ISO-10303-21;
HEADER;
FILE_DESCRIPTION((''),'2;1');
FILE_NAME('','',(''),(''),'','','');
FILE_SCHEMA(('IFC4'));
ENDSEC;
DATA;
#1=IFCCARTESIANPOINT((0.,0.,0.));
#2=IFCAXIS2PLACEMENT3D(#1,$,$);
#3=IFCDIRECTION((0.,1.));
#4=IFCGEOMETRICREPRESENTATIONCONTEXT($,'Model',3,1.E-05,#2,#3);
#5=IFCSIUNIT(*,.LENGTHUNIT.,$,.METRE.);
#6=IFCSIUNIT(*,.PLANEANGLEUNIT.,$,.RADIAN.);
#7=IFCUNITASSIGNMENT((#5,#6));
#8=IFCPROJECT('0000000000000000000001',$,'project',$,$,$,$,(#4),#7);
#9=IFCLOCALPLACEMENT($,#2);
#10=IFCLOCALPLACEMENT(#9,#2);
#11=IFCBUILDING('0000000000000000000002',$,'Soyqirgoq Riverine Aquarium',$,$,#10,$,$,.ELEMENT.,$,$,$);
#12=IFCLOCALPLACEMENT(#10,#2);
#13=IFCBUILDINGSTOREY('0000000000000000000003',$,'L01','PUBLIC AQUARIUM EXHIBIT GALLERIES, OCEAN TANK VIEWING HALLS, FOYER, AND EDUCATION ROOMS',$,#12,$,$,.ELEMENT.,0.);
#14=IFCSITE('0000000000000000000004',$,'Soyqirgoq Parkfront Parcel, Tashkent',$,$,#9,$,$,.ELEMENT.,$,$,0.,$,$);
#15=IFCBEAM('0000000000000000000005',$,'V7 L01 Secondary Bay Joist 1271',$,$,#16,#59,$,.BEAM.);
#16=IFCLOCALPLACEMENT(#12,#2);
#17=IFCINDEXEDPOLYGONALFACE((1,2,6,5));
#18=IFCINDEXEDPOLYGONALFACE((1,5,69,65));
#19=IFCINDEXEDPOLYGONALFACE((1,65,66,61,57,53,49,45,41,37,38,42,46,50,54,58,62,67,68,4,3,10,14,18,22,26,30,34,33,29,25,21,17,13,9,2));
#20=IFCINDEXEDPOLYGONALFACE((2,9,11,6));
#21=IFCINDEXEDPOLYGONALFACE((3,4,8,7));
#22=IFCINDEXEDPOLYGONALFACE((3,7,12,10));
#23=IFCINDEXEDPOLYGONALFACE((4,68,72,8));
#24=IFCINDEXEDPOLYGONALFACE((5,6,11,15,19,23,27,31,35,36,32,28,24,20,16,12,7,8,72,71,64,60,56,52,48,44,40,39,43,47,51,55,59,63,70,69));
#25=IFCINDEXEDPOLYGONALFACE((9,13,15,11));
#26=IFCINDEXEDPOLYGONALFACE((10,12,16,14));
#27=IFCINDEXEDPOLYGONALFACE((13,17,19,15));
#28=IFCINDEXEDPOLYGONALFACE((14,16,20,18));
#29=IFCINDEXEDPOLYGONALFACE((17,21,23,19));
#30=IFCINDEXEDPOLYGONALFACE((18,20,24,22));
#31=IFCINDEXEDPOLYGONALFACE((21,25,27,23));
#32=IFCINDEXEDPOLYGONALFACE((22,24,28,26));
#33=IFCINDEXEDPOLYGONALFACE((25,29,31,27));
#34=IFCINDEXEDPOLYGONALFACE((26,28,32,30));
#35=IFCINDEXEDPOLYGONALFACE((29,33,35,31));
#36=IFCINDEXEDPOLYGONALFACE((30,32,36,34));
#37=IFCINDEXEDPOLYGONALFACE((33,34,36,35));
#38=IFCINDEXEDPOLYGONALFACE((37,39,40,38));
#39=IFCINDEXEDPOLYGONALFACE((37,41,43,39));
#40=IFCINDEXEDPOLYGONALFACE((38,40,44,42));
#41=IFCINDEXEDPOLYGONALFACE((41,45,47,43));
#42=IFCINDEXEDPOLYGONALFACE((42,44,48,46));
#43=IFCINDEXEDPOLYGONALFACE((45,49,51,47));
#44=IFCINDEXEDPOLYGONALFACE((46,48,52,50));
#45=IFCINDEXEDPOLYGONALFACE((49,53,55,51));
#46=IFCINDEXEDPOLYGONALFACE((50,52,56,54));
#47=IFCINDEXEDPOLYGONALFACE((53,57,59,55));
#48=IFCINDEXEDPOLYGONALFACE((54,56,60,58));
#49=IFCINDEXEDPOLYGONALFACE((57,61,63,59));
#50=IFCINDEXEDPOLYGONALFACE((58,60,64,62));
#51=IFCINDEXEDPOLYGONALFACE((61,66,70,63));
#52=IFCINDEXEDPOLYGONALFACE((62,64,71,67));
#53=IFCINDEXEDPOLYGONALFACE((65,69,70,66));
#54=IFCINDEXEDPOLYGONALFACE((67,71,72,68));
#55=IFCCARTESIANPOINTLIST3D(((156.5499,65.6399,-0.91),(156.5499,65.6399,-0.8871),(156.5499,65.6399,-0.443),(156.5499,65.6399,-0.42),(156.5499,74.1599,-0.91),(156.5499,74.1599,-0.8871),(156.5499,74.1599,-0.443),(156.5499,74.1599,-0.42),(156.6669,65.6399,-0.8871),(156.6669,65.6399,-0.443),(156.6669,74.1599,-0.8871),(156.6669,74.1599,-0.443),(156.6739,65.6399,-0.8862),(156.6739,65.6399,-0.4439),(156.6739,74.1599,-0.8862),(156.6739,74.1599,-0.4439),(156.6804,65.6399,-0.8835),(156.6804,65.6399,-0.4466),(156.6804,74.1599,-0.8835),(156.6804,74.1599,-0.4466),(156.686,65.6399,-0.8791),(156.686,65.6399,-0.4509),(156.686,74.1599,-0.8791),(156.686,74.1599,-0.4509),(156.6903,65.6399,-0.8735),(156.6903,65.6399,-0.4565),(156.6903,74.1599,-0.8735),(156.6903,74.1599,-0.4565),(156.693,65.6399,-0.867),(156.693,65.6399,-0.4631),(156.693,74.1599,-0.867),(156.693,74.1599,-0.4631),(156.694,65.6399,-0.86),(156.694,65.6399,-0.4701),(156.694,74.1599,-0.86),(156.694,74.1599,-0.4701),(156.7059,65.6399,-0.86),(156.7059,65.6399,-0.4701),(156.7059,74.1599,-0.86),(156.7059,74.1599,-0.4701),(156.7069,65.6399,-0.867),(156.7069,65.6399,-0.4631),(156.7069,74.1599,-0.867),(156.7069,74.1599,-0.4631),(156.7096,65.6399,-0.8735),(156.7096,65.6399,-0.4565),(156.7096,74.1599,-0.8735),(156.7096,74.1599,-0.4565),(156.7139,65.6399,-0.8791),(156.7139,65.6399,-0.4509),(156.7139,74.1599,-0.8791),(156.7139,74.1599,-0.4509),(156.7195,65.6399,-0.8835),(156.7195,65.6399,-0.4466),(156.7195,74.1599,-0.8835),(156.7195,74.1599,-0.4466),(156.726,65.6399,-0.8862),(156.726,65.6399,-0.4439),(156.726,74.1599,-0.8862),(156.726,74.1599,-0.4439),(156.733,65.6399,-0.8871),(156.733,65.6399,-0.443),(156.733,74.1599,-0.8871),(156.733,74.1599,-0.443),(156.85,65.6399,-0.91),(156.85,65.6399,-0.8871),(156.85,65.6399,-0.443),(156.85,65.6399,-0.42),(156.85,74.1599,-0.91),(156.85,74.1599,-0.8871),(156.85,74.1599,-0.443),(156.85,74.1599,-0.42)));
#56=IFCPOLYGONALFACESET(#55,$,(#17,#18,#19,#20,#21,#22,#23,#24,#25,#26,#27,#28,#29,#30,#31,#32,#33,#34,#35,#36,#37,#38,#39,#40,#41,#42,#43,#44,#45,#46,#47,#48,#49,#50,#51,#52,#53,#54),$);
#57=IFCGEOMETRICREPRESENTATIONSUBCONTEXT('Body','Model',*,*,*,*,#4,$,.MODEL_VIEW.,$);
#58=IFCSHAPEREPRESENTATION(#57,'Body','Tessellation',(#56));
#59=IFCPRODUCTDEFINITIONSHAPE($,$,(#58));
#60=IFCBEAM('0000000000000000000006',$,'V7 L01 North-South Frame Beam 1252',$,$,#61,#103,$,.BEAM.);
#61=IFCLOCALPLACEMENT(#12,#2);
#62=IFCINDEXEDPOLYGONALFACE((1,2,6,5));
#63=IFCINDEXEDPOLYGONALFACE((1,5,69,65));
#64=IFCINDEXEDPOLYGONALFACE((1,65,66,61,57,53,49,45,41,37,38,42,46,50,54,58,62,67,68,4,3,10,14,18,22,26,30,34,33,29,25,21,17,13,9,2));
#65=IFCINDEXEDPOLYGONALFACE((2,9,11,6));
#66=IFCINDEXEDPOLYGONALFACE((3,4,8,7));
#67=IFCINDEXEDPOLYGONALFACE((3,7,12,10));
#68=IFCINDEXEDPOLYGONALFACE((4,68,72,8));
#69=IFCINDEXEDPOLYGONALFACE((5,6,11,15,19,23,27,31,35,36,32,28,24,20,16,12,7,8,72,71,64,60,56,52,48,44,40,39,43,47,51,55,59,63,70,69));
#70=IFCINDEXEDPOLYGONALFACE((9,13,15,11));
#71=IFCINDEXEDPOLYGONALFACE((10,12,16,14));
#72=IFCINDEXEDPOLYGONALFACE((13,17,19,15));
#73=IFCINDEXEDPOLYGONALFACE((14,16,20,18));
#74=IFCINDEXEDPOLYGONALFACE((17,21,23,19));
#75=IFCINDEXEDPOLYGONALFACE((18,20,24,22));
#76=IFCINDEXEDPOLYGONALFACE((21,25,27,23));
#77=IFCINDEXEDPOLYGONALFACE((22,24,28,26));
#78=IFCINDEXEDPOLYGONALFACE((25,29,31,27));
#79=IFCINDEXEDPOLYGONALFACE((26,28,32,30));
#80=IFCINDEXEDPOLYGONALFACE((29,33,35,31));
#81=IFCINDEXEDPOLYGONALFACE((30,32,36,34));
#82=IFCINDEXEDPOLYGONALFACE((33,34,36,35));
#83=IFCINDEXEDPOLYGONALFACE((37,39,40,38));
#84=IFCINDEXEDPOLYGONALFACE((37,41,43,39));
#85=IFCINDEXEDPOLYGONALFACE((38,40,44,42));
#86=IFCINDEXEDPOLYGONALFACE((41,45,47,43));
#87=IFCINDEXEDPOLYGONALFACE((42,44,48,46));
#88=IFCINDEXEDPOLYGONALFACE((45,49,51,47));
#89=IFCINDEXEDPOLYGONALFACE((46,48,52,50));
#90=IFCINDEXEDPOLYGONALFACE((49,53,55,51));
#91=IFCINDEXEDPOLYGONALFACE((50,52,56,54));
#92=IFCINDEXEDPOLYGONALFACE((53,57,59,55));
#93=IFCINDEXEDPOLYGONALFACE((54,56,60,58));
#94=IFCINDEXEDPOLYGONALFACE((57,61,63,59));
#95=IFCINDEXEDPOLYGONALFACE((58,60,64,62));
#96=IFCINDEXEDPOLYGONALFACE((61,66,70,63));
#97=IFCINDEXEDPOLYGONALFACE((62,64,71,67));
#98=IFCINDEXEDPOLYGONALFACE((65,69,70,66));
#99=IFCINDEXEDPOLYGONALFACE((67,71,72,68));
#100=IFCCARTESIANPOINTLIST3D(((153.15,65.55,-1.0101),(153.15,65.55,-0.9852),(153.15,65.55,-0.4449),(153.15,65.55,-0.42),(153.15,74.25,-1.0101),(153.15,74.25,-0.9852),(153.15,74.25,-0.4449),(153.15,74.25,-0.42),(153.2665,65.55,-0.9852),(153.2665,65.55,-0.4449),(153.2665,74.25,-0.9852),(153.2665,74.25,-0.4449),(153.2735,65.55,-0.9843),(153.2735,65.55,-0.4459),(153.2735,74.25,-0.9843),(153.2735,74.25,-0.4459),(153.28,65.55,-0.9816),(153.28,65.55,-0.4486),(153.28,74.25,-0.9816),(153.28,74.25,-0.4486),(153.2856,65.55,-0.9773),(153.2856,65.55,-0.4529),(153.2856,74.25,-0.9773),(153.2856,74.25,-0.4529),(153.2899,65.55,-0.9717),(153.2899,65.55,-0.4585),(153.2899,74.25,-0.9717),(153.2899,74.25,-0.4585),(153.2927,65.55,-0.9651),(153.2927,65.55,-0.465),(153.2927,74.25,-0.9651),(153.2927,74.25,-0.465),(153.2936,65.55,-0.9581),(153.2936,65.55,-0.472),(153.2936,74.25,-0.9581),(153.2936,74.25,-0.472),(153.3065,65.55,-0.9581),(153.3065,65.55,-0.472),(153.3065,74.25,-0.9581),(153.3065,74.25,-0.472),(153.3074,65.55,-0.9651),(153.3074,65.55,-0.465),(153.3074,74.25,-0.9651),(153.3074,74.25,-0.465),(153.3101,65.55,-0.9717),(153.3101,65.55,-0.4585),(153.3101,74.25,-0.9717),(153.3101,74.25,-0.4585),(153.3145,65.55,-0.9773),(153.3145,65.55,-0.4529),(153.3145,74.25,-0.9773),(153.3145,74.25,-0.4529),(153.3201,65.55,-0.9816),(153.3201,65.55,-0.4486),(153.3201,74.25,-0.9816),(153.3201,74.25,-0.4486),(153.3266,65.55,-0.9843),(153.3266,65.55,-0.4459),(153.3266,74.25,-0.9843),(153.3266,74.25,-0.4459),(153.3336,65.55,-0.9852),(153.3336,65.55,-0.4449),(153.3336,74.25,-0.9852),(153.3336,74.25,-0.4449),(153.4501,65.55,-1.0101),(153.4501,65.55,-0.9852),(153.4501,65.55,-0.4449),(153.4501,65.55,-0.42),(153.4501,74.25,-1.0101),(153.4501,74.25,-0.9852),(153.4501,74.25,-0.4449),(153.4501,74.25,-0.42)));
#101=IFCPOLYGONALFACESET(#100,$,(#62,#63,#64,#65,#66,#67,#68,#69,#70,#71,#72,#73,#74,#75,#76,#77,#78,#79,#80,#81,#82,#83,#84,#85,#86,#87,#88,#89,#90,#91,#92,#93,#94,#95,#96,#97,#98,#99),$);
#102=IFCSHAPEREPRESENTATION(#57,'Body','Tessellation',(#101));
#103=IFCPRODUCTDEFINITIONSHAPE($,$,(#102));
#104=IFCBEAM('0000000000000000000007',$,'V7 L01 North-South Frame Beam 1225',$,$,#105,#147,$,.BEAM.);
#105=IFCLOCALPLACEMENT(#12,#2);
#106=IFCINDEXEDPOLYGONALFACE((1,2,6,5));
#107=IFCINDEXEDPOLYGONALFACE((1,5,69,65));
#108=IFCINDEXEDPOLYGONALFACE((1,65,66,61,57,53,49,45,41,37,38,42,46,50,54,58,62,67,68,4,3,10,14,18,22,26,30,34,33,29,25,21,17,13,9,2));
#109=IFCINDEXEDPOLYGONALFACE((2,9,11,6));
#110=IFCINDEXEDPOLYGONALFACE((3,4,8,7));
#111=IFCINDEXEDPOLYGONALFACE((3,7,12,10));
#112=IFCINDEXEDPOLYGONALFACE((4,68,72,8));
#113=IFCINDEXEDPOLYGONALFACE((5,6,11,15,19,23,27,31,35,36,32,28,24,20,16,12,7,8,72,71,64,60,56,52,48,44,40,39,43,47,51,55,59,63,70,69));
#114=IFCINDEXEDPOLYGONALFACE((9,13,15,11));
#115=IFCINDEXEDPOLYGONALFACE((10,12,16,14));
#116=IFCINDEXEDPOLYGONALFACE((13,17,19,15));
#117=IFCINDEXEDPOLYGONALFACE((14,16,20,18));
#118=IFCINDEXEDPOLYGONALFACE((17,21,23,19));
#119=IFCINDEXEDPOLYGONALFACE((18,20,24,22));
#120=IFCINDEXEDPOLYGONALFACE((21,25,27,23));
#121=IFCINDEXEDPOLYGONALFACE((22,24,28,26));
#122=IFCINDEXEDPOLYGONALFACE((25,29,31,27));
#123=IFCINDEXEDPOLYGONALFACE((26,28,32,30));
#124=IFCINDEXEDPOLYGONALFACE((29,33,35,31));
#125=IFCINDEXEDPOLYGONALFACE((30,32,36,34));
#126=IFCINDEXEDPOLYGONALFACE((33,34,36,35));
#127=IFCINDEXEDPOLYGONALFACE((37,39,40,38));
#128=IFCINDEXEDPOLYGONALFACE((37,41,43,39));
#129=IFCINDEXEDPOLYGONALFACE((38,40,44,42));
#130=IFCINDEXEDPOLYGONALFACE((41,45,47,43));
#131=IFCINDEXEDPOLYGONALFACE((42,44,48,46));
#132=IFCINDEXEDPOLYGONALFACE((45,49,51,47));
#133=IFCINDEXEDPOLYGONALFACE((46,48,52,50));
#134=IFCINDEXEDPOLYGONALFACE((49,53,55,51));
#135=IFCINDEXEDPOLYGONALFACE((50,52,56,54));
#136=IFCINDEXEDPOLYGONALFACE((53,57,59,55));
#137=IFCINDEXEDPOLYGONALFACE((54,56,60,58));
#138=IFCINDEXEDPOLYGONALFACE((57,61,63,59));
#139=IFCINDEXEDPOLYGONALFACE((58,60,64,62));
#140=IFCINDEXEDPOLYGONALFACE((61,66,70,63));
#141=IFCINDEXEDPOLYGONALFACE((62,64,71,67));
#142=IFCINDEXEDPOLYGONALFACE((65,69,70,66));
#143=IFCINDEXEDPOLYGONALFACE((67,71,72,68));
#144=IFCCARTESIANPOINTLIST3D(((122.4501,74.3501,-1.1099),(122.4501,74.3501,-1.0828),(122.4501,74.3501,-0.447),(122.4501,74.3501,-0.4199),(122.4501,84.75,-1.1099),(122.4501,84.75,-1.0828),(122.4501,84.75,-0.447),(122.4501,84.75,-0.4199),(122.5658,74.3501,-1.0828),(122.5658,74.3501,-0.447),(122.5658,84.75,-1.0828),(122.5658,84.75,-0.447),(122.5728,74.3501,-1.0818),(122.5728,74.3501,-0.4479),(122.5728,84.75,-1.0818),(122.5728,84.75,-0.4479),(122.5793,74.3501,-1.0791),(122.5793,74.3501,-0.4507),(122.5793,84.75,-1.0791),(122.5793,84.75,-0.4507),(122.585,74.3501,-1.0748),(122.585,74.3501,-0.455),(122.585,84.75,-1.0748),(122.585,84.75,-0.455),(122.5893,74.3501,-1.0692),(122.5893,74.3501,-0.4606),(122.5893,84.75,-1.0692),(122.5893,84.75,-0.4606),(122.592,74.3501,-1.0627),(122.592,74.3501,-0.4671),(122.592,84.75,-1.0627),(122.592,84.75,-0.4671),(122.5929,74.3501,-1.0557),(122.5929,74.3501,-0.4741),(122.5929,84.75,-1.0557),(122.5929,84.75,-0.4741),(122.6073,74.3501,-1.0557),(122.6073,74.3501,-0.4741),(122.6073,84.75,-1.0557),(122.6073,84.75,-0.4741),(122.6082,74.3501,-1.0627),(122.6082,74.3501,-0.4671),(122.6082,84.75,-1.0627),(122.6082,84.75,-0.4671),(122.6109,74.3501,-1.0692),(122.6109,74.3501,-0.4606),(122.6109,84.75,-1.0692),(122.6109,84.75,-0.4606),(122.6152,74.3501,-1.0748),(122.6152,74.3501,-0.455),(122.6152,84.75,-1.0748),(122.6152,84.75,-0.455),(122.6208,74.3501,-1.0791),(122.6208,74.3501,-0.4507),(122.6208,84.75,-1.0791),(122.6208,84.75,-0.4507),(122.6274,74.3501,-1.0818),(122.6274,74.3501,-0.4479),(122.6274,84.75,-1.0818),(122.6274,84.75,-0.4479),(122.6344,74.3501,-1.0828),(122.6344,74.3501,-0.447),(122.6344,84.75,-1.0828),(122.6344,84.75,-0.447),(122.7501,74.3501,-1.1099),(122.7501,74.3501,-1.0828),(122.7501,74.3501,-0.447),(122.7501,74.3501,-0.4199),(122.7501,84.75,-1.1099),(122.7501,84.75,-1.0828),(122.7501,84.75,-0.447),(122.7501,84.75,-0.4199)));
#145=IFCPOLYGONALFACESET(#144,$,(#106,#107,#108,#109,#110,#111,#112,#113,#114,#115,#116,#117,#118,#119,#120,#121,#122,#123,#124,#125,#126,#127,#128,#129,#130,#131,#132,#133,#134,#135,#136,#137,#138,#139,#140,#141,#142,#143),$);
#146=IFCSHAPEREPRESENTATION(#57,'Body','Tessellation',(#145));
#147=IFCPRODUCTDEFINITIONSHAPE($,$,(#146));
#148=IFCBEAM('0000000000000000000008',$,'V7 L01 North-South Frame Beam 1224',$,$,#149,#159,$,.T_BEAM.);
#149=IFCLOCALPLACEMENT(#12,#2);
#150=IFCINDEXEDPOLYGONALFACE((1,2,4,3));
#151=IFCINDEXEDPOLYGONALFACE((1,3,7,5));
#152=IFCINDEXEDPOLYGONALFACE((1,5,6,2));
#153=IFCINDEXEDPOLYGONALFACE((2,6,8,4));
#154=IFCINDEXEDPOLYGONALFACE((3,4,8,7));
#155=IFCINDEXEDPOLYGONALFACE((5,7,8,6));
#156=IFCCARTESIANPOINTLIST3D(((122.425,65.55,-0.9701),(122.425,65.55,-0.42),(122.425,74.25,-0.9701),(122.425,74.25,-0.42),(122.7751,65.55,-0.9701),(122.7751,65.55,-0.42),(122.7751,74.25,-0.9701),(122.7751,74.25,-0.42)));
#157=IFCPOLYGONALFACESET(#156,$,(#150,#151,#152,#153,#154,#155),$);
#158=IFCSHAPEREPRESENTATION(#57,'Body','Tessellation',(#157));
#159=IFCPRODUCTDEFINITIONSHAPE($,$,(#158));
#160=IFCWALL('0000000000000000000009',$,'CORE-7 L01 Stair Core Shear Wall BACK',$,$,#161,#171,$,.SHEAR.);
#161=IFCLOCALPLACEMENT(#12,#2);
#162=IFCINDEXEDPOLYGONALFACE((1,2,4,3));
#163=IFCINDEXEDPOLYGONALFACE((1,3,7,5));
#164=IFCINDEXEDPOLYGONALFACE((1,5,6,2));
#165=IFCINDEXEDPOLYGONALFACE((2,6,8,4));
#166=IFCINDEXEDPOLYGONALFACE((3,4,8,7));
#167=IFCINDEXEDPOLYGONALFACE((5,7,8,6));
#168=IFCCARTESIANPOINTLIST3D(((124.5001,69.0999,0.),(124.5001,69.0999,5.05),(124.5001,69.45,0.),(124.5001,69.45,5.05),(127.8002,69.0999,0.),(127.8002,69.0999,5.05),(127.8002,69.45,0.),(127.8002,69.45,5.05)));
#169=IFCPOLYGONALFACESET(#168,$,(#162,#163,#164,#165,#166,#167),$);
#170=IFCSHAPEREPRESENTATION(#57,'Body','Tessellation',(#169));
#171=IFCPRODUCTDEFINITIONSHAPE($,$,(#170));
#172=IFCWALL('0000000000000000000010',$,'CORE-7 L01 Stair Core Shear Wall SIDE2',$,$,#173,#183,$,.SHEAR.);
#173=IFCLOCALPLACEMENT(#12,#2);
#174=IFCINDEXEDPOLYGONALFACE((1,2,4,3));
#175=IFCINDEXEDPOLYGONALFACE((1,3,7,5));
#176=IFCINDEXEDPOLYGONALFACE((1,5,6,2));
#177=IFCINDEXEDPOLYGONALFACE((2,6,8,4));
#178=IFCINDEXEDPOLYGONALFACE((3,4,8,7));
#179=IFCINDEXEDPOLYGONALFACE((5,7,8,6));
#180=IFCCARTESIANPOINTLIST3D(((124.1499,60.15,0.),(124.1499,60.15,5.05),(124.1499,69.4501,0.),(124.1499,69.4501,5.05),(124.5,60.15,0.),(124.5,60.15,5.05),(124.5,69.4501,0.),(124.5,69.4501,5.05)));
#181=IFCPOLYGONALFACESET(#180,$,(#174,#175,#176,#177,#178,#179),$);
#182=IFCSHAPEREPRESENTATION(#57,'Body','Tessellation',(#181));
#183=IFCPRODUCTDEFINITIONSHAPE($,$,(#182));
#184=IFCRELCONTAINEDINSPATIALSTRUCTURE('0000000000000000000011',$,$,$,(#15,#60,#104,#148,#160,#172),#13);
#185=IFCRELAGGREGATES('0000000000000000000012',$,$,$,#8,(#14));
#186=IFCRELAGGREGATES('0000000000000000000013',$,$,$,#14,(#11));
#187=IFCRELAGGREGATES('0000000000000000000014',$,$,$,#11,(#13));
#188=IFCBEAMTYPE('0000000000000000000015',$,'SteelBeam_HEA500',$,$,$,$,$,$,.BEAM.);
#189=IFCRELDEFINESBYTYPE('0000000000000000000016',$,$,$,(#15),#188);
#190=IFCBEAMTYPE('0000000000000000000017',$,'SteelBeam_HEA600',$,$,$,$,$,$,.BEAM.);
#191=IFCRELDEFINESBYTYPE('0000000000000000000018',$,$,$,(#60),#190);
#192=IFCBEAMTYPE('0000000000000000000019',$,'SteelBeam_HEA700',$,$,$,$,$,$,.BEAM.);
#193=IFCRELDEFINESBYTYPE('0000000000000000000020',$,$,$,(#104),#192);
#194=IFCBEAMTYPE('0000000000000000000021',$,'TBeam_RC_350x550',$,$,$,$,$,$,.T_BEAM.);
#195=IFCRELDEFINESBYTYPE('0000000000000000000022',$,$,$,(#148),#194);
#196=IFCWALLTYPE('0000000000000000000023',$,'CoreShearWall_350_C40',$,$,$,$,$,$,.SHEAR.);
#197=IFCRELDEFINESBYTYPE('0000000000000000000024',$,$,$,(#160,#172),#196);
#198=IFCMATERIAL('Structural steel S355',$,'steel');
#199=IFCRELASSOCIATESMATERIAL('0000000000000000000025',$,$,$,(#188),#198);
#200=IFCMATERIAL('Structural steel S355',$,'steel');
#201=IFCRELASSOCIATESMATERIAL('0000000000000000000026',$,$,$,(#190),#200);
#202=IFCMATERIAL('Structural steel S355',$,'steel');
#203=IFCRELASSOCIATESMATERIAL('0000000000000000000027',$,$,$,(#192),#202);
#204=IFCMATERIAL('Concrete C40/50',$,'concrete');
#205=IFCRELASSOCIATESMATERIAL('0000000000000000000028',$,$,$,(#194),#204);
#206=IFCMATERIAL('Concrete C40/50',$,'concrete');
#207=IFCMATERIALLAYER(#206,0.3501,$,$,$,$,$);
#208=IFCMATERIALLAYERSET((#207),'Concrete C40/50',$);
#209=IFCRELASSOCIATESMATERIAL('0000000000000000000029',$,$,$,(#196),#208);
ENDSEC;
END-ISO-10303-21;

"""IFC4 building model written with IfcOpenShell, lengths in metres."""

from ifc_helpers import new_model, si_unit, direction, frame, frame_2d, origin, origin_2d, place, context, subcontext, project, spatial, rectangle, i_section, extrude, material, layer, layer_set, material_profile, profile_set, type_object, element, save


model = new_model("IFC4")

# Units and contexts
model_context = context("Model", 3, precision=1e-05, world=origin(), true_north=direction((0.0, 1.0)))
body_context = subcontext(model_context, "Body", "Model", "MODEL_VIEW")
ifc_project = project(units=[si_unit("LENGTHUNIT", "METRE"), si_unit("PLANEANGLEUNIT", "RADIAN")], contexts=[model_context])

# Site, building, storey
site_placement = place(None, origin())
site = spatial("IfcSite", under=ifc_project, at=site_placement, Name="Soyqirgoq Parkfront Parcel, Tashkent", CompositionType="ELEMENT", RefElevation=0.0)
building_placement = place(site_placement, origin())
building = spatial("IfcBuilding", under=site, at=building_placement, Name="Soyqirgoq Riverine Aquarium", CompositionType="ELEMENT")
storey_placement = place(building_placement, origin())
storey = spatial("IfcBuildingStorey", under=building, at=storey_placement, Name="L01", Description="PUBLIC AQUARIUM EXHIBIT GALLERIES, OCEAN TANK VIEWING HALLS, FOYER, AND EDUCATION ROOMS", CompositionType="ELEMENT", Elevation=0.0)

# Beams
ifc_material_1 = material(Name="Structural steel S355", Category="steel")
ifc_material_profile_1 = material_profile(ifc_material_1, i_section(OverallWidth=0.3, OverallDepth=0.49, WebThickness=0.012, FlangeThickness=0.0229, FilletRadius=0.0271, at=origin_2d()), Name="HEA 500")
ifc_profile_set_1 = profile_set([ifc_material_profile_1], Name="Structural steel S355")
beam_type_1 = type_object("IfcBeamType", Name="SteelBeam_HEA500", PredefinedType="BEAM", material=ifc_profile_set_1)
for number, where, z_axis, x_axis, name in (
    (1, (156.7, 65.6399, -0.665), (0.0, 1.0, 0.0), (-1.0, 0.0, 0.0), "V7 L01 Secondary Bay Joist 1271"),
):
    element("IfcBeam", number, at=place(storey_placement, frame(where, z_axis=z_axis, x_axis=x_axis)), inside=storey, type_object=beam_type_1, Name=name, PredefinedType="BEAM", context=body_context, shape_type="SweptSolid", body=[
        extrude(i_section(OverallWidth=0.3, OverallDepth=0.49, WebThickness=0.012, FlangeThickness=0.0229, FilletRadius=0.0271, at=origin_2d()), origin(), (0.0, 0.0, 1.0), 8.52),
    ])
ifc_material_2 = material(Name="Structural steel S355", Category="steel")
ifc_material_profile_2 = material_profile(ifc_material_2, i_section(OverallWidth=0.3, OverallDepth=0.5901, WebThickness=0.0129, FlangeThickness=0.0249, FilletRadius=0.0271, at=origin_2d()), Name="HEA 600")
ifc_profile_set_2 = profile_set([ifc_material_profile_2], Name="Structural steel S355")
beam_type_2 = type_object("IfcBeamType", Name="SteelBeam_HEA600", PredefinedType="BEAM", material=ifc_profile_set_2)
beam_1_placement = place(storey_placement, frame((153.3, 65.55, -0.7151), z_axis=(0.0, 1.0, 0.0), x_axis=(-1.0, 0.0, 0.0)))
element("IfcBeam", 2, at=beam_1_placement, inside=storey, type_object=beam_type_2, Name="V7 L01 North-South Frame Beam 1252", PredefinedType="BEAM", context=body_context, shape_type="SweptSolid", body=[
    extrude(i_section(OverallWidth=0.3, OverallDepth=0.5901, WebThickness=0.0129, FlangeThickness=0.0249, FilletRadius=0.0271, at=origin_2d()), origin(), (0.0, 0.0, 1.0), 8.7),
])
ifc_material_3 = material(Name="Structural steel S355", Category="steel")
ifc_material_profile_3 = material_profile(ifc_material_3, i_section(OverallWidth=0.3, OverallDepth=0.6899, WebThickness=0.0144, FlangeThickness=0.0271, FilletRadius=0.0271, at=origin_2d()), Name="HEA 700")
ifc_profile_set_3 = profile_set([ifc_material_profile_3], Name="Structural steel S355")
beam_type_3 = type_object("IfcBeamType", Name="SteelBeam_HEA700", PredefinedType="BEAM", material=ifc_profile_set_3)
beam_2_placement = place(storey_placement, frame((122.6001, 74.3501, -0.7649), z_axis=(0.0, 1.0, 0.0), x_axis=(-1.0, 0.0, 0.0)))
element("IfcBeam", 3, at=beam_2_placement, inside=storey, type_object=beam_type_3, Name="V7 L01 North-South Frame Beam 1225", PredefinedType="BEAM", context=body_context, shape_type="SweptSolid", body=[
    extrude(i_section(OverallWidth=0.3, OverallDepth=0.6899, WebThickness=0.0144, FlangeThickness=0.0271, FilletRadius=0.0271, at=origin_2d()), origin(), (0.0, 0.0, 1.0), 10.3999),
])
ifc_material_4 = material(Name="Concrete C40/50", Category="concrete")
ifc_material_profile_4 = material_profile(ifc_material_4, rectangle(XDim=0.3501, YDim=0.55, at=origin_2d()), Name="RC 350x550")
ifc_profile_set_4 = profile_set([ifc_material_profile_4], Name="Concrete C40/50")
beam_type_4 = type_object("IfcBeamType", Name="TBeam_RC_350x550", PredefinedType="T_BEAM", material=ifc_profile_set_4)
beam_3_placement = place(storey_placement, frame((122.6001, 65.55, -0.6951), z_axis=(0.0, 1.0, 0.0), x_axis=(-1.0, 0.0, 0.0)))
element("IfcBeam", 4, at=beam_3_placement, inside=storey, type_object=beam_type_4, Name="V7 L01 North-South Frame Beam 1224", PredefinedType="T_BEAM", context=body_context, shape_type="SweptSolid", body=[
    extrude(rectangle(XDim=0.3501, YDim=0.55, at=origin_2d()), origin(), (0.0, 0.0, 1.0), 8.7),
])

# Walls
ifc_material_5 = material(Name="Concrete C40/50", Category="concrete")
ifc_layer_1 = layer(ifc_material_5, 0.3501)
ifc_layer_set_1 = layer_set([ifc_layer_1], Name="Concrete C40/50")
wall_type_1 = type_object("IfcWallType", Name="CoreShearWall_350_C40", PredefinedType="SHEAR", material=ifc_layer_set_1)
wall_1_placement = place(storey_placement, frame((127.8, 69.2749, 0.0), z_axis=(0.0, 0.0, 1.0), x_axis=(-1.0, 0.0, 0.0)))
element("IfcWall", 5, at=wall_1_placement, inside=storey, type_object=wall_type_1, Name="CORE-7 L01 Stair Core Shear Wall BACK", PredefinedType="SHEAR", context=body_context, shape_type="SweptSolid", body=[
    extrude(rectangle(XDim=3.3, YDim=0.3501, at=frame_2d((1.6499, 0.0))), origin(), (0.0, 0.0, 1.0), 5.05),
])
wall_2_placement = place(storey_placement, frame((124.325, 69.45, 0.0), z_axis=(0.0, 0.0, 1.0), x_axis=(0.0, -1.0, 0.0)))
element("IfcWall", 6, at=wall_2_placement, inside=storey, type_object=wall_type_1, Name="CORE-7 L01 Stair Core Shear Wall SIDE2", PredefinedType="SHEAR", context=body_context, shape_type="SweptSolid", body=[
    extrude(rectangle(XDim=9.3, YDim=0.3501, at=frame_2d((4.6499, 0.0))), origin(), (0.0, 0.0, 1.0), 5.05),
])

save(model, "model.ifc")
